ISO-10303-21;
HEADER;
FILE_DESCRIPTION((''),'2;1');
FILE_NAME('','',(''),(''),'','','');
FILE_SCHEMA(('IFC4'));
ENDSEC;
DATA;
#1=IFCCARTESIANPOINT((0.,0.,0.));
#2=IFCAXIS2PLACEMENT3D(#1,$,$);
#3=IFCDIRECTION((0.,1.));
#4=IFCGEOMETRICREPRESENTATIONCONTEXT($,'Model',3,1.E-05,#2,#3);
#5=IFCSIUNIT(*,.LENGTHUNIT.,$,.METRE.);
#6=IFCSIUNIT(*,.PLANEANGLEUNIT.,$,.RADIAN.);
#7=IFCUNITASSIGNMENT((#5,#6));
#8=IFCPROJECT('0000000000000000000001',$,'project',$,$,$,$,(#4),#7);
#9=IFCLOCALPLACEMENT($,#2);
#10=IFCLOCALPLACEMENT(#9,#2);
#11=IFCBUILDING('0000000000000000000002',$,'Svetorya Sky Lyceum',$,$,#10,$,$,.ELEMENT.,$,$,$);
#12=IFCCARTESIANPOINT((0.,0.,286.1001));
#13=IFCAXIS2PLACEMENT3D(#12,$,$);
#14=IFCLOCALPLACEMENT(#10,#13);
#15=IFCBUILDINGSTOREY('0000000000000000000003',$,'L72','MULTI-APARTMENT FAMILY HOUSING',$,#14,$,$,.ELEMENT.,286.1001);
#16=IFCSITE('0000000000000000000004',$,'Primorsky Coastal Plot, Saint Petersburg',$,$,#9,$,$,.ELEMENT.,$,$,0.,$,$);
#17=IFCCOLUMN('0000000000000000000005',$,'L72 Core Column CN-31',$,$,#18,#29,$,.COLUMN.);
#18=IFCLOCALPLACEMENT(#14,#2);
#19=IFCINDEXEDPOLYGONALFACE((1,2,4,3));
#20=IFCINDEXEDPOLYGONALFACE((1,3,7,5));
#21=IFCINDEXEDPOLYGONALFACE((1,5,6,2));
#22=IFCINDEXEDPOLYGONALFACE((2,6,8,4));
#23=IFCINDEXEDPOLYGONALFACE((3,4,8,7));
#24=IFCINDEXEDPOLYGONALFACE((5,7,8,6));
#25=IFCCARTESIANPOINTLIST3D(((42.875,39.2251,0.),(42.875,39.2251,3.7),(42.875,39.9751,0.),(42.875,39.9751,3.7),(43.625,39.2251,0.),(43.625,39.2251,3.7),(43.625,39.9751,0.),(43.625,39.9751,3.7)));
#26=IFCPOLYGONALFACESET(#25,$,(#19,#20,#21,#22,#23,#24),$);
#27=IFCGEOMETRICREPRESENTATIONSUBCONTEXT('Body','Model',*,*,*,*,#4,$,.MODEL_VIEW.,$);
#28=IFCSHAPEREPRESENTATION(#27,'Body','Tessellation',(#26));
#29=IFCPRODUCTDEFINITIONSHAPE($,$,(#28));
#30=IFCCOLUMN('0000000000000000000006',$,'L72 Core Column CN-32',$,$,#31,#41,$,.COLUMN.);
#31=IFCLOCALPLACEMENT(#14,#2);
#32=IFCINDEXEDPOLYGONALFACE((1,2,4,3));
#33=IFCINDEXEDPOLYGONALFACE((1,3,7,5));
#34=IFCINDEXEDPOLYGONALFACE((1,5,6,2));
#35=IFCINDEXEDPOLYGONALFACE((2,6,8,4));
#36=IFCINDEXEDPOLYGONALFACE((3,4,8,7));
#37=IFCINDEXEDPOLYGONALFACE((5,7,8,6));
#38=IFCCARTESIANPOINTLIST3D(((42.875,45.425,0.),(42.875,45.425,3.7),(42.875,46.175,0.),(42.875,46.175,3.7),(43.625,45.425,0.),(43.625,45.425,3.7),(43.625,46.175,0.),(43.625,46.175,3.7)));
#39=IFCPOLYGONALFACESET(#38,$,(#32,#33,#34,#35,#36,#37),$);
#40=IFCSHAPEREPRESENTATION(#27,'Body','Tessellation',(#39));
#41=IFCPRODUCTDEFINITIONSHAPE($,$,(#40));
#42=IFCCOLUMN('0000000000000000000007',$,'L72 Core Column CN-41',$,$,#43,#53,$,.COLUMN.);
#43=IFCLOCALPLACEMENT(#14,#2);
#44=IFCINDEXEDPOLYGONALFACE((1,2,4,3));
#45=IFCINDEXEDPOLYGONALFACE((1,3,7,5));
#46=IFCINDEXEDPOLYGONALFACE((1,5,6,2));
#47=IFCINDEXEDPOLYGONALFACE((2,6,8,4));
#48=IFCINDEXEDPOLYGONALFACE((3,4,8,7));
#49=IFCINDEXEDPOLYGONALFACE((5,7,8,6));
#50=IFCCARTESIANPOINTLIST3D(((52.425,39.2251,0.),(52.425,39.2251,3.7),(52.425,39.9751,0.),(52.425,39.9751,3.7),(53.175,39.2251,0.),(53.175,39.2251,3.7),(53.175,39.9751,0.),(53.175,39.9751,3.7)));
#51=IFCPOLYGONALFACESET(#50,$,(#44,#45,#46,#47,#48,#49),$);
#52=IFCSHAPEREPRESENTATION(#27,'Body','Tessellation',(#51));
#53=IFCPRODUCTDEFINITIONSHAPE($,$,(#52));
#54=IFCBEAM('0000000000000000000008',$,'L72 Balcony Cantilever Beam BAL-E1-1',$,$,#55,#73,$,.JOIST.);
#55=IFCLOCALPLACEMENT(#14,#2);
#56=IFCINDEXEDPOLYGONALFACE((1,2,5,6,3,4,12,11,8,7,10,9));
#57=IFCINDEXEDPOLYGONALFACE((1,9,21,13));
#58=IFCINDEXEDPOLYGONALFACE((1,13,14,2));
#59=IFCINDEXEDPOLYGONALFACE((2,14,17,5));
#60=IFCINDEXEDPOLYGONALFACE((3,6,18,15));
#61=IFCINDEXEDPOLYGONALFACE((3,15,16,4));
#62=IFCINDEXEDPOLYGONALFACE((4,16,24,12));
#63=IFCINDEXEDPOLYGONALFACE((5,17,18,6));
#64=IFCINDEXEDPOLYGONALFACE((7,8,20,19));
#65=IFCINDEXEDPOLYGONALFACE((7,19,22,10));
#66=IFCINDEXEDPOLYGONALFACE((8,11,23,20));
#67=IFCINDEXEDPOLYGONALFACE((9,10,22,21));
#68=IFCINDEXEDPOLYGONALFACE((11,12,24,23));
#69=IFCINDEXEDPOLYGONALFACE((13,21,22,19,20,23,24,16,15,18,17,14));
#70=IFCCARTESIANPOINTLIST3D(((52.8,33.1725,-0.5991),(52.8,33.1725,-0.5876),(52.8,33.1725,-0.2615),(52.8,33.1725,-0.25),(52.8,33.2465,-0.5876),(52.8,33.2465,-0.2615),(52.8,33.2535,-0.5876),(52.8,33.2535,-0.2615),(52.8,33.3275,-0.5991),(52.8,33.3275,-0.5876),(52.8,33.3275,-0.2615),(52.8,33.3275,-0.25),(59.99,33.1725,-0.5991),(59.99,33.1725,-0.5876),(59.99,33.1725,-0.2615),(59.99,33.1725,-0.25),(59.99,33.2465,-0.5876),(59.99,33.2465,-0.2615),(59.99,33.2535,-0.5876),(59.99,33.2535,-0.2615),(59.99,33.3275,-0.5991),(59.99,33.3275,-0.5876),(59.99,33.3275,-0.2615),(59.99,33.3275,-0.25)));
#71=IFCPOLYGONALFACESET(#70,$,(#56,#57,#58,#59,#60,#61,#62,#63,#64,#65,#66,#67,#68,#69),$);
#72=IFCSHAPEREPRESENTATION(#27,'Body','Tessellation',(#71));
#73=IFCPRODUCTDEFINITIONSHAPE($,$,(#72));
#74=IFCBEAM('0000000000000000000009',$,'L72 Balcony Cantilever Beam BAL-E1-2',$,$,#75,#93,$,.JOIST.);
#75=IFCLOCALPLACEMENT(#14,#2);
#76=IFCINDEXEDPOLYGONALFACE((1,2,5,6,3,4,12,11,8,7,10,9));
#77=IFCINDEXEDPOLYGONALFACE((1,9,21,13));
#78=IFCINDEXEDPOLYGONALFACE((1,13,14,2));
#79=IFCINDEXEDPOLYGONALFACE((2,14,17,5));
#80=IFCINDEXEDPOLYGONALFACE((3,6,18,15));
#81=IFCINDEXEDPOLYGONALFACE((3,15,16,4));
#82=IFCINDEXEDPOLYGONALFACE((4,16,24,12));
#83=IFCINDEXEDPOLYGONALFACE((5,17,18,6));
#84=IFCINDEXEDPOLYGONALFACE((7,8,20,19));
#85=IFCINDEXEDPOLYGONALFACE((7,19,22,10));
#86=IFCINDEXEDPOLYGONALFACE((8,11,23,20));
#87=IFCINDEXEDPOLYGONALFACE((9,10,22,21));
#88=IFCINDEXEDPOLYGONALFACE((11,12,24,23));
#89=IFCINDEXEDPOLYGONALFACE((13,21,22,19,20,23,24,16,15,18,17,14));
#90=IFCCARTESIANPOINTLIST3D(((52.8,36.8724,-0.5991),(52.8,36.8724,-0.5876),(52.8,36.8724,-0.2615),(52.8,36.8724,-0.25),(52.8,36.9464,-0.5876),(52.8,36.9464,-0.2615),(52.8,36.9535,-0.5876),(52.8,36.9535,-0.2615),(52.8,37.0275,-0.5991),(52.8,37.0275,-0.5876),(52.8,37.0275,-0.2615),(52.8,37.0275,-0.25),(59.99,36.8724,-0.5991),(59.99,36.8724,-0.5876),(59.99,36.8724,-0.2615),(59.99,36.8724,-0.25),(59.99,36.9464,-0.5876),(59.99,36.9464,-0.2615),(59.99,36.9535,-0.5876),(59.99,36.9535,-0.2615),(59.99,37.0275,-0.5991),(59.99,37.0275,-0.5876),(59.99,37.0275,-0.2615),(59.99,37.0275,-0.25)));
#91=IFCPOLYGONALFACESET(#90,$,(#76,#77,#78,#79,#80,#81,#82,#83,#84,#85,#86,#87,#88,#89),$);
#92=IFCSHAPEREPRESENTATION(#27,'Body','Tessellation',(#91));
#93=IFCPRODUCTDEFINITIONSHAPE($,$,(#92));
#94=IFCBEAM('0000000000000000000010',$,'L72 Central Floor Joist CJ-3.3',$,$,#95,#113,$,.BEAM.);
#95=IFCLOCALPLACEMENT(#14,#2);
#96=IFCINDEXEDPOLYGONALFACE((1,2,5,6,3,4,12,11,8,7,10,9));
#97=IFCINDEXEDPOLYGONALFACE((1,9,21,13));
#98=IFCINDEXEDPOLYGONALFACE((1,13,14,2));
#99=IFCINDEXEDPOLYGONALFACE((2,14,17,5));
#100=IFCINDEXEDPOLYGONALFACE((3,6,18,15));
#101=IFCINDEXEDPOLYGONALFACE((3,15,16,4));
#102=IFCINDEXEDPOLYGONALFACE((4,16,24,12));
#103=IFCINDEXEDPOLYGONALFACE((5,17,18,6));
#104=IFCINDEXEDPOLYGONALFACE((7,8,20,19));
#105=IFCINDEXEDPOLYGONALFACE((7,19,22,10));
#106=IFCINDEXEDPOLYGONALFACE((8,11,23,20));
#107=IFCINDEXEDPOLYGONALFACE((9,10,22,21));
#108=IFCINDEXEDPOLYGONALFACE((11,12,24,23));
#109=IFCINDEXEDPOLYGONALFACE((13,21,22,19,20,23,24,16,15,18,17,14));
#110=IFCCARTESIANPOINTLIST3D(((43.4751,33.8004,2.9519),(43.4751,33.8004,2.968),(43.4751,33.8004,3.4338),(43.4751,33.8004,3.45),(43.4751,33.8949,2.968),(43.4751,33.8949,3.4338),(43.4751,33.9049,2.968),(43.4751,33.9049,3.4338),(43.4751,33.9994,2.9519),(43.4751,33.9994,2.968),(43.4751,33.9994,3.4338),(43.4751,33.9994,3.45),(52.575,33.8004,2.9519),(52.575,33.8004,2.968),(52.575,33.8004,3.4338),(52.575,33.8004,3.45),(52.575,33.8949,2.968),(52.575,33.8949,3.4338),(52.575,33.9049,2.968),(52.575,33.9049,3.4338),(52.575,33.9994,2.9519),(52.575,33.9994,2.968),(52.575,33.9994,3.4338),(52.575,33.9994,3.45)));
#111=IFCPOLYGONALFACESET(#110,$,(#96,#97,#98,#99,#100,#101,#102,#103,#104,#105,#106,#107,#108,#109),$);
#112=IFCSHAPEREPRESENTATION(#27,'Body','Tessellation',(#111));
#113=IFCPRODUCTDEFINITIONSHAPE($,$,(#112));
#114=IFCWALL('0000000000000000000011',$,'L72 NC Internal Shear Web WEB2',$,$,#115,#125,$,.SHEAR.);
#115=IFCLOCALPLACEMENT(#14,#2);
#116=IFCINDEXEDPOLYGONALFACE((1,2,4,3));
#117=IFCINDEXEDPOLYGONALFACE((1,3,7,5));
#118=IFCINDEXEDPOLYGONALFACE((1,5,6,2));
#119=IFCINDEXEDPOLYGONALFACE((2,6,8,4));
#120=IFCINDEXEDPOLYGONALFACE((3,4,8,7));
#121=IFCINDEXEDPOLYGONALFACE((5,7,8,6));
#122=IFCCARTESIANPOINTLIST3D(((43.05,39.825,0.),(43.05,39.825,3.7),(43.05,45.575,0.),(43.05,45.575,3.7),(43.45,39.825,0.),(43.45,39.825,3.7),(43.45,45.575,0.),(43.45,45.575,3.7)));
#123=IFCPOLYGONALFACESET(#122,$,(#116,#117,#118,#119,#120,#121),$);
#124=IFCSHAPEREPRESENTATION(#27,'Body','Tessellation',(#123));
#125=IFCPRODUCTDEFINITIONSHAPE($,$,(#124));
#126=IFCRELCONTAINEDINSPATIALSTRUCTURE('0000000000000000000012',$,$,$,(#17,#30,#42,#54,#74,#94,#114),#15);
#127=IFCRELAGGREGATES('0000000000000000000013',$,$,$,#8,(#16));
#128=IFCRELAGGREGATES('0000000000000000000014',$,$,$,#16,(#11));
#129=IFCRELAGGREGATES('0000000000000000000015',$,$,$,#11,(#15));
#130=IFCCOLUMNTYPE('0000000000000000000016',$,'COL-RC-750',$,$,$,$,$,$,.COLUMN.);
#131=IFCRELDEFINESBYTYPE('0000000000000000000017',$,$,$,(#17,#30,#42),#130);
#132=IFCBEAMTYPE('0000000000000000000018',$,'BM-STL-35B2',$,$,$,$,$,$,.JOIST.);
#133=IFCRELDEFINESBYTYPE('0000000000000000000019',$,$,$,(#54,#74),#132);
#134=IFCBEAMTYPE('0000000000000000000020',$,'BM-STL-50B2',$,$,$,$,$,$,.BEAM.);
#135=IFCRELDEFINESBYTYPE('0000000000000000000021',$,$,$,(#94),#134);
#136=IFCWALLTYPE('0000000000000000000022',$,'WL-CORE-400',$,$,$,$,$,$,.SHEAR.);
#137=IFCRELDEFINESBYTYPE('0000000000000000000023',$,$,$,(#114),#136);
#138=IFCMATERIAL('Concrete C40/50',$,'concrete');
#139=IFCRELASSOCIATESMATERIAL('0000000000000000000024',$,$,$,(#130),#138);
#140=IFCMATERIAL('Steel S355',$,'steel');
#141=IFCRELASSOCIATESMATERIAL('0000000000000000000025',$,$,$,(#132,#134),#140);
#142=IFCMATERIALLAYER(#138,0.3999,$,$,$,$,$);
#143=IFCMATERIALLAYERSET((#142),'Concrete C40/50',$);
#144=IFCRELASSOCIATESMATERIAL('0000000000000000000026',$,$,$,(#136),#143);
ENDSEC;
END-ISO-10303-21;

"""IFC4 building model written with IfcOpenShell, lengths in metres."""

from ifc_helpers import new_model, si_unit, direction, frame, frame_2d, origin, origin_2d, place, context, subcontext, project, spatial, rectangle, i_section, extrude, material, layer, layer_set, material_profile, profile_set, type_object, element, save


model = new_model("IFC4")

# Units and contexts
model_context = context("Model", 3, precision=1e-05, world=origin(), true_north=direction((0.0, 1.0)))
body_context = subcontext(model_context, "Body", "Model", "MODEL_VIEW")
ifc_project = project(units=[si_unit("LENGTHUNIT", "METRE"), si_unit("PLANEANGLEUNIT", "RADIAN")], contexts=[model_context])

# Site, building, storey
site_placement = place(None, origin())
site = spatial("IfcSite", under=ifc_project, at=site_placement, Name="Primorsky Coastal Plot, Saint Petersburg", CompositionType="ELEMENT", RefElevation=0.0)
building_placement = place(site_placement, origin())
building = spatial("IfcBuilding", under=site, at=building_placement, Name="Svetorya Sky Lyceum", CompositionType="ELEMENT")
storey_placement = place(building_placement, frame((0.0, 0.0, 286.1001)))
storey = spatial("IfcBuildingStorey", under=building, at=storey_placement, Name="L72", Description="MULTI-APARTMENT FAMILY HOUSING", CompositionType="ELEMENT", Elevation=286.1001)

# Columns
ifc_material_1 = material(Name="Concrete C40/50", Category="concrete")
ifc_material_profile_1 = material_profile(ifc_material_1, rectangle(XDim=0.75, YDim=0.75, at=origin_2d()), Name="RC COL 750x750")
ifc_profile_set_1 = profile_set([ifc_material_profile_1], Name="Concrete C40/50")
column_type = type_object("IfcColumnType", Name="COL-RC-750", PredefinedType="COLUMN", material=ifc_profile_set_1)
for number, where, z_axis, x_axis, name in (
    (1, (43.25, 39.6001, 0.0), (0.0, 0.0, 1.0), (1.0, 0.0, 0.0), "L72 Core Column CN-31"),
    (2, (43.25, 45.8, 0.0), (0.0, 0.0, 1.0), (1.0, 0.0, 0.0), "L72 Core Column CN-32"),
    (3, (52.8, 39.6001, 0.0), (0.0, 0.0, 1.0), (1.0, 0.0, 0.0), "L72 Core Column CN-41"),
):
    element("IfcColumn", number, at=place(storey_placement, frame(where, z_axis=z_axis, x_axis=x_axis)), inside=storey, type_object=column_type, Name=name, PredefinedType="COLUMN", context=body_context, shape_type="SweptSolid", body=[
        extrude(rectangle(XDim=0.75, YDim=0.75, at=origin_2d()), origin(), (0.0, 0.0, 1.0), 3.7),
    ])

# Beams
ifc_material_2 = material(Name="Steel S355", Category="steel")
ifc_material_profile_2 = material_profile(ifc_material_2, i_section(OverallWidth=0.155, OverallDepth=0.3491, WebThickness=0.0071, FlangeThickness=0.0115, at=origin_2d()), Name="GOST 35B2")
ifc_profile_set_2 = profile_set([ifc_material_profile_2], Name="Steel S355")
beam_type_1 = type_object("IfcBeamType", Name="BM-STL-35B2", PredefinedType="JOIST", material=ifc_profile_set_2)
for number, where, z_axis, x_axis, name in (
    (4, (52.8, 33.25, -0.4246), (1.0, 0.0, 0.0), (0.0, 1.0, 0.0), "L72 Balcony Cantilever Beam BAL-E1-1"),
    (5, (52.8, 36.95, -0.4246), (1.0, 0.0, 0.0), (0.0, 1.0, 0.0), "L72 Balcony Cantilever Beam BAL-E1-2"),
):
    element("IfcBeam", number, at=place(storey_placement, frame(where, z_axis=z_axis, x_axis=x_axis)), inside=storey, type_object=beam_type_1, Name=name, PredefinedType="JOIST", context=body_context, shape_type="SweptSolid", body=[
        extrude(i_section(OverallWidth=0.155, OverallDepth=0.3491, WebThickness=0.0071, FlangeThickness=0.0115, at=origin_2d()), origin(), (0.0, 0.0, 1.0), 7.1899),
    ])
ifc_material_profile_3 = material_profile(ifc_material_2, i_section(OverallWidth=0.199, OverallDepth=0.498, WebThickness=0.01, FlangeThickness=0.0161, at=origin_2d()), Name="GOST 50B2")
ifc_profile_set_3 = profile_set([ifc_material_profile_3], Name="Steel S355")
beam_type_2 = type_object("IfcBeamType", Name="BM-STL-50B2", PredefinedType="BEAM", material=ifc_profile_set_3)
beam_placement = place(storey_placement, frame((43.4751, 33.8999, 3.2009), z_axis=(1.0, 0.0, 0.0), x_axis=(0.0, 1.0, 0.0)))
element("IfcBeam", 6, at=beam_placement, inside=storey, type_object=beam_type_2, Name="L72 Central Floor Joist CJ-3.3", PredefinedType="BEAM", context=body_context, shape_type="SweptSolid", body=[
    extrude(i_section(OverallWidth=0.199, OverallDepth=0.498, WebThickness=0.01, FlangeThickness=0.0161, at=origin_2d()), origin(), (0.0, 0.0, 1.0), 9.0999),
])

# Wall
ifc_layer_1 = layer(ifc_material_1, 0.3999)
ifc_layer_set_1 = layer_set([ifc_layer_1], Name="Concrete C40/50")
wall_type_1 = type_object("IfcWallType", Name="WL-CORE-400", PredefinedType="SHEAR", material=ifc_layer_set_1)
wall_1_placement = place(storey_placement, frame((43.25, 39.825, 0.0), z_axis=(0.0, 0.0, 1.0), x_axis=(0.0, 1.0, 0.0)))
element("IfcWall", 7, at=wall_1_placement, inside=storey, type_object=wall_type_1, Name="L72 NC Internal Shear Web WEB2", PredefinedType="SHEAR", context=body_context, shape_type="SweptSolid", body=[
    extrude(rectangle(XDim=5.75, YDim=0.3999, at=frame_2d((2.875, 0.0))), origin(), (0.0, 0.0, 1.0), 3.7),
])

save(model, "model.ifc")
